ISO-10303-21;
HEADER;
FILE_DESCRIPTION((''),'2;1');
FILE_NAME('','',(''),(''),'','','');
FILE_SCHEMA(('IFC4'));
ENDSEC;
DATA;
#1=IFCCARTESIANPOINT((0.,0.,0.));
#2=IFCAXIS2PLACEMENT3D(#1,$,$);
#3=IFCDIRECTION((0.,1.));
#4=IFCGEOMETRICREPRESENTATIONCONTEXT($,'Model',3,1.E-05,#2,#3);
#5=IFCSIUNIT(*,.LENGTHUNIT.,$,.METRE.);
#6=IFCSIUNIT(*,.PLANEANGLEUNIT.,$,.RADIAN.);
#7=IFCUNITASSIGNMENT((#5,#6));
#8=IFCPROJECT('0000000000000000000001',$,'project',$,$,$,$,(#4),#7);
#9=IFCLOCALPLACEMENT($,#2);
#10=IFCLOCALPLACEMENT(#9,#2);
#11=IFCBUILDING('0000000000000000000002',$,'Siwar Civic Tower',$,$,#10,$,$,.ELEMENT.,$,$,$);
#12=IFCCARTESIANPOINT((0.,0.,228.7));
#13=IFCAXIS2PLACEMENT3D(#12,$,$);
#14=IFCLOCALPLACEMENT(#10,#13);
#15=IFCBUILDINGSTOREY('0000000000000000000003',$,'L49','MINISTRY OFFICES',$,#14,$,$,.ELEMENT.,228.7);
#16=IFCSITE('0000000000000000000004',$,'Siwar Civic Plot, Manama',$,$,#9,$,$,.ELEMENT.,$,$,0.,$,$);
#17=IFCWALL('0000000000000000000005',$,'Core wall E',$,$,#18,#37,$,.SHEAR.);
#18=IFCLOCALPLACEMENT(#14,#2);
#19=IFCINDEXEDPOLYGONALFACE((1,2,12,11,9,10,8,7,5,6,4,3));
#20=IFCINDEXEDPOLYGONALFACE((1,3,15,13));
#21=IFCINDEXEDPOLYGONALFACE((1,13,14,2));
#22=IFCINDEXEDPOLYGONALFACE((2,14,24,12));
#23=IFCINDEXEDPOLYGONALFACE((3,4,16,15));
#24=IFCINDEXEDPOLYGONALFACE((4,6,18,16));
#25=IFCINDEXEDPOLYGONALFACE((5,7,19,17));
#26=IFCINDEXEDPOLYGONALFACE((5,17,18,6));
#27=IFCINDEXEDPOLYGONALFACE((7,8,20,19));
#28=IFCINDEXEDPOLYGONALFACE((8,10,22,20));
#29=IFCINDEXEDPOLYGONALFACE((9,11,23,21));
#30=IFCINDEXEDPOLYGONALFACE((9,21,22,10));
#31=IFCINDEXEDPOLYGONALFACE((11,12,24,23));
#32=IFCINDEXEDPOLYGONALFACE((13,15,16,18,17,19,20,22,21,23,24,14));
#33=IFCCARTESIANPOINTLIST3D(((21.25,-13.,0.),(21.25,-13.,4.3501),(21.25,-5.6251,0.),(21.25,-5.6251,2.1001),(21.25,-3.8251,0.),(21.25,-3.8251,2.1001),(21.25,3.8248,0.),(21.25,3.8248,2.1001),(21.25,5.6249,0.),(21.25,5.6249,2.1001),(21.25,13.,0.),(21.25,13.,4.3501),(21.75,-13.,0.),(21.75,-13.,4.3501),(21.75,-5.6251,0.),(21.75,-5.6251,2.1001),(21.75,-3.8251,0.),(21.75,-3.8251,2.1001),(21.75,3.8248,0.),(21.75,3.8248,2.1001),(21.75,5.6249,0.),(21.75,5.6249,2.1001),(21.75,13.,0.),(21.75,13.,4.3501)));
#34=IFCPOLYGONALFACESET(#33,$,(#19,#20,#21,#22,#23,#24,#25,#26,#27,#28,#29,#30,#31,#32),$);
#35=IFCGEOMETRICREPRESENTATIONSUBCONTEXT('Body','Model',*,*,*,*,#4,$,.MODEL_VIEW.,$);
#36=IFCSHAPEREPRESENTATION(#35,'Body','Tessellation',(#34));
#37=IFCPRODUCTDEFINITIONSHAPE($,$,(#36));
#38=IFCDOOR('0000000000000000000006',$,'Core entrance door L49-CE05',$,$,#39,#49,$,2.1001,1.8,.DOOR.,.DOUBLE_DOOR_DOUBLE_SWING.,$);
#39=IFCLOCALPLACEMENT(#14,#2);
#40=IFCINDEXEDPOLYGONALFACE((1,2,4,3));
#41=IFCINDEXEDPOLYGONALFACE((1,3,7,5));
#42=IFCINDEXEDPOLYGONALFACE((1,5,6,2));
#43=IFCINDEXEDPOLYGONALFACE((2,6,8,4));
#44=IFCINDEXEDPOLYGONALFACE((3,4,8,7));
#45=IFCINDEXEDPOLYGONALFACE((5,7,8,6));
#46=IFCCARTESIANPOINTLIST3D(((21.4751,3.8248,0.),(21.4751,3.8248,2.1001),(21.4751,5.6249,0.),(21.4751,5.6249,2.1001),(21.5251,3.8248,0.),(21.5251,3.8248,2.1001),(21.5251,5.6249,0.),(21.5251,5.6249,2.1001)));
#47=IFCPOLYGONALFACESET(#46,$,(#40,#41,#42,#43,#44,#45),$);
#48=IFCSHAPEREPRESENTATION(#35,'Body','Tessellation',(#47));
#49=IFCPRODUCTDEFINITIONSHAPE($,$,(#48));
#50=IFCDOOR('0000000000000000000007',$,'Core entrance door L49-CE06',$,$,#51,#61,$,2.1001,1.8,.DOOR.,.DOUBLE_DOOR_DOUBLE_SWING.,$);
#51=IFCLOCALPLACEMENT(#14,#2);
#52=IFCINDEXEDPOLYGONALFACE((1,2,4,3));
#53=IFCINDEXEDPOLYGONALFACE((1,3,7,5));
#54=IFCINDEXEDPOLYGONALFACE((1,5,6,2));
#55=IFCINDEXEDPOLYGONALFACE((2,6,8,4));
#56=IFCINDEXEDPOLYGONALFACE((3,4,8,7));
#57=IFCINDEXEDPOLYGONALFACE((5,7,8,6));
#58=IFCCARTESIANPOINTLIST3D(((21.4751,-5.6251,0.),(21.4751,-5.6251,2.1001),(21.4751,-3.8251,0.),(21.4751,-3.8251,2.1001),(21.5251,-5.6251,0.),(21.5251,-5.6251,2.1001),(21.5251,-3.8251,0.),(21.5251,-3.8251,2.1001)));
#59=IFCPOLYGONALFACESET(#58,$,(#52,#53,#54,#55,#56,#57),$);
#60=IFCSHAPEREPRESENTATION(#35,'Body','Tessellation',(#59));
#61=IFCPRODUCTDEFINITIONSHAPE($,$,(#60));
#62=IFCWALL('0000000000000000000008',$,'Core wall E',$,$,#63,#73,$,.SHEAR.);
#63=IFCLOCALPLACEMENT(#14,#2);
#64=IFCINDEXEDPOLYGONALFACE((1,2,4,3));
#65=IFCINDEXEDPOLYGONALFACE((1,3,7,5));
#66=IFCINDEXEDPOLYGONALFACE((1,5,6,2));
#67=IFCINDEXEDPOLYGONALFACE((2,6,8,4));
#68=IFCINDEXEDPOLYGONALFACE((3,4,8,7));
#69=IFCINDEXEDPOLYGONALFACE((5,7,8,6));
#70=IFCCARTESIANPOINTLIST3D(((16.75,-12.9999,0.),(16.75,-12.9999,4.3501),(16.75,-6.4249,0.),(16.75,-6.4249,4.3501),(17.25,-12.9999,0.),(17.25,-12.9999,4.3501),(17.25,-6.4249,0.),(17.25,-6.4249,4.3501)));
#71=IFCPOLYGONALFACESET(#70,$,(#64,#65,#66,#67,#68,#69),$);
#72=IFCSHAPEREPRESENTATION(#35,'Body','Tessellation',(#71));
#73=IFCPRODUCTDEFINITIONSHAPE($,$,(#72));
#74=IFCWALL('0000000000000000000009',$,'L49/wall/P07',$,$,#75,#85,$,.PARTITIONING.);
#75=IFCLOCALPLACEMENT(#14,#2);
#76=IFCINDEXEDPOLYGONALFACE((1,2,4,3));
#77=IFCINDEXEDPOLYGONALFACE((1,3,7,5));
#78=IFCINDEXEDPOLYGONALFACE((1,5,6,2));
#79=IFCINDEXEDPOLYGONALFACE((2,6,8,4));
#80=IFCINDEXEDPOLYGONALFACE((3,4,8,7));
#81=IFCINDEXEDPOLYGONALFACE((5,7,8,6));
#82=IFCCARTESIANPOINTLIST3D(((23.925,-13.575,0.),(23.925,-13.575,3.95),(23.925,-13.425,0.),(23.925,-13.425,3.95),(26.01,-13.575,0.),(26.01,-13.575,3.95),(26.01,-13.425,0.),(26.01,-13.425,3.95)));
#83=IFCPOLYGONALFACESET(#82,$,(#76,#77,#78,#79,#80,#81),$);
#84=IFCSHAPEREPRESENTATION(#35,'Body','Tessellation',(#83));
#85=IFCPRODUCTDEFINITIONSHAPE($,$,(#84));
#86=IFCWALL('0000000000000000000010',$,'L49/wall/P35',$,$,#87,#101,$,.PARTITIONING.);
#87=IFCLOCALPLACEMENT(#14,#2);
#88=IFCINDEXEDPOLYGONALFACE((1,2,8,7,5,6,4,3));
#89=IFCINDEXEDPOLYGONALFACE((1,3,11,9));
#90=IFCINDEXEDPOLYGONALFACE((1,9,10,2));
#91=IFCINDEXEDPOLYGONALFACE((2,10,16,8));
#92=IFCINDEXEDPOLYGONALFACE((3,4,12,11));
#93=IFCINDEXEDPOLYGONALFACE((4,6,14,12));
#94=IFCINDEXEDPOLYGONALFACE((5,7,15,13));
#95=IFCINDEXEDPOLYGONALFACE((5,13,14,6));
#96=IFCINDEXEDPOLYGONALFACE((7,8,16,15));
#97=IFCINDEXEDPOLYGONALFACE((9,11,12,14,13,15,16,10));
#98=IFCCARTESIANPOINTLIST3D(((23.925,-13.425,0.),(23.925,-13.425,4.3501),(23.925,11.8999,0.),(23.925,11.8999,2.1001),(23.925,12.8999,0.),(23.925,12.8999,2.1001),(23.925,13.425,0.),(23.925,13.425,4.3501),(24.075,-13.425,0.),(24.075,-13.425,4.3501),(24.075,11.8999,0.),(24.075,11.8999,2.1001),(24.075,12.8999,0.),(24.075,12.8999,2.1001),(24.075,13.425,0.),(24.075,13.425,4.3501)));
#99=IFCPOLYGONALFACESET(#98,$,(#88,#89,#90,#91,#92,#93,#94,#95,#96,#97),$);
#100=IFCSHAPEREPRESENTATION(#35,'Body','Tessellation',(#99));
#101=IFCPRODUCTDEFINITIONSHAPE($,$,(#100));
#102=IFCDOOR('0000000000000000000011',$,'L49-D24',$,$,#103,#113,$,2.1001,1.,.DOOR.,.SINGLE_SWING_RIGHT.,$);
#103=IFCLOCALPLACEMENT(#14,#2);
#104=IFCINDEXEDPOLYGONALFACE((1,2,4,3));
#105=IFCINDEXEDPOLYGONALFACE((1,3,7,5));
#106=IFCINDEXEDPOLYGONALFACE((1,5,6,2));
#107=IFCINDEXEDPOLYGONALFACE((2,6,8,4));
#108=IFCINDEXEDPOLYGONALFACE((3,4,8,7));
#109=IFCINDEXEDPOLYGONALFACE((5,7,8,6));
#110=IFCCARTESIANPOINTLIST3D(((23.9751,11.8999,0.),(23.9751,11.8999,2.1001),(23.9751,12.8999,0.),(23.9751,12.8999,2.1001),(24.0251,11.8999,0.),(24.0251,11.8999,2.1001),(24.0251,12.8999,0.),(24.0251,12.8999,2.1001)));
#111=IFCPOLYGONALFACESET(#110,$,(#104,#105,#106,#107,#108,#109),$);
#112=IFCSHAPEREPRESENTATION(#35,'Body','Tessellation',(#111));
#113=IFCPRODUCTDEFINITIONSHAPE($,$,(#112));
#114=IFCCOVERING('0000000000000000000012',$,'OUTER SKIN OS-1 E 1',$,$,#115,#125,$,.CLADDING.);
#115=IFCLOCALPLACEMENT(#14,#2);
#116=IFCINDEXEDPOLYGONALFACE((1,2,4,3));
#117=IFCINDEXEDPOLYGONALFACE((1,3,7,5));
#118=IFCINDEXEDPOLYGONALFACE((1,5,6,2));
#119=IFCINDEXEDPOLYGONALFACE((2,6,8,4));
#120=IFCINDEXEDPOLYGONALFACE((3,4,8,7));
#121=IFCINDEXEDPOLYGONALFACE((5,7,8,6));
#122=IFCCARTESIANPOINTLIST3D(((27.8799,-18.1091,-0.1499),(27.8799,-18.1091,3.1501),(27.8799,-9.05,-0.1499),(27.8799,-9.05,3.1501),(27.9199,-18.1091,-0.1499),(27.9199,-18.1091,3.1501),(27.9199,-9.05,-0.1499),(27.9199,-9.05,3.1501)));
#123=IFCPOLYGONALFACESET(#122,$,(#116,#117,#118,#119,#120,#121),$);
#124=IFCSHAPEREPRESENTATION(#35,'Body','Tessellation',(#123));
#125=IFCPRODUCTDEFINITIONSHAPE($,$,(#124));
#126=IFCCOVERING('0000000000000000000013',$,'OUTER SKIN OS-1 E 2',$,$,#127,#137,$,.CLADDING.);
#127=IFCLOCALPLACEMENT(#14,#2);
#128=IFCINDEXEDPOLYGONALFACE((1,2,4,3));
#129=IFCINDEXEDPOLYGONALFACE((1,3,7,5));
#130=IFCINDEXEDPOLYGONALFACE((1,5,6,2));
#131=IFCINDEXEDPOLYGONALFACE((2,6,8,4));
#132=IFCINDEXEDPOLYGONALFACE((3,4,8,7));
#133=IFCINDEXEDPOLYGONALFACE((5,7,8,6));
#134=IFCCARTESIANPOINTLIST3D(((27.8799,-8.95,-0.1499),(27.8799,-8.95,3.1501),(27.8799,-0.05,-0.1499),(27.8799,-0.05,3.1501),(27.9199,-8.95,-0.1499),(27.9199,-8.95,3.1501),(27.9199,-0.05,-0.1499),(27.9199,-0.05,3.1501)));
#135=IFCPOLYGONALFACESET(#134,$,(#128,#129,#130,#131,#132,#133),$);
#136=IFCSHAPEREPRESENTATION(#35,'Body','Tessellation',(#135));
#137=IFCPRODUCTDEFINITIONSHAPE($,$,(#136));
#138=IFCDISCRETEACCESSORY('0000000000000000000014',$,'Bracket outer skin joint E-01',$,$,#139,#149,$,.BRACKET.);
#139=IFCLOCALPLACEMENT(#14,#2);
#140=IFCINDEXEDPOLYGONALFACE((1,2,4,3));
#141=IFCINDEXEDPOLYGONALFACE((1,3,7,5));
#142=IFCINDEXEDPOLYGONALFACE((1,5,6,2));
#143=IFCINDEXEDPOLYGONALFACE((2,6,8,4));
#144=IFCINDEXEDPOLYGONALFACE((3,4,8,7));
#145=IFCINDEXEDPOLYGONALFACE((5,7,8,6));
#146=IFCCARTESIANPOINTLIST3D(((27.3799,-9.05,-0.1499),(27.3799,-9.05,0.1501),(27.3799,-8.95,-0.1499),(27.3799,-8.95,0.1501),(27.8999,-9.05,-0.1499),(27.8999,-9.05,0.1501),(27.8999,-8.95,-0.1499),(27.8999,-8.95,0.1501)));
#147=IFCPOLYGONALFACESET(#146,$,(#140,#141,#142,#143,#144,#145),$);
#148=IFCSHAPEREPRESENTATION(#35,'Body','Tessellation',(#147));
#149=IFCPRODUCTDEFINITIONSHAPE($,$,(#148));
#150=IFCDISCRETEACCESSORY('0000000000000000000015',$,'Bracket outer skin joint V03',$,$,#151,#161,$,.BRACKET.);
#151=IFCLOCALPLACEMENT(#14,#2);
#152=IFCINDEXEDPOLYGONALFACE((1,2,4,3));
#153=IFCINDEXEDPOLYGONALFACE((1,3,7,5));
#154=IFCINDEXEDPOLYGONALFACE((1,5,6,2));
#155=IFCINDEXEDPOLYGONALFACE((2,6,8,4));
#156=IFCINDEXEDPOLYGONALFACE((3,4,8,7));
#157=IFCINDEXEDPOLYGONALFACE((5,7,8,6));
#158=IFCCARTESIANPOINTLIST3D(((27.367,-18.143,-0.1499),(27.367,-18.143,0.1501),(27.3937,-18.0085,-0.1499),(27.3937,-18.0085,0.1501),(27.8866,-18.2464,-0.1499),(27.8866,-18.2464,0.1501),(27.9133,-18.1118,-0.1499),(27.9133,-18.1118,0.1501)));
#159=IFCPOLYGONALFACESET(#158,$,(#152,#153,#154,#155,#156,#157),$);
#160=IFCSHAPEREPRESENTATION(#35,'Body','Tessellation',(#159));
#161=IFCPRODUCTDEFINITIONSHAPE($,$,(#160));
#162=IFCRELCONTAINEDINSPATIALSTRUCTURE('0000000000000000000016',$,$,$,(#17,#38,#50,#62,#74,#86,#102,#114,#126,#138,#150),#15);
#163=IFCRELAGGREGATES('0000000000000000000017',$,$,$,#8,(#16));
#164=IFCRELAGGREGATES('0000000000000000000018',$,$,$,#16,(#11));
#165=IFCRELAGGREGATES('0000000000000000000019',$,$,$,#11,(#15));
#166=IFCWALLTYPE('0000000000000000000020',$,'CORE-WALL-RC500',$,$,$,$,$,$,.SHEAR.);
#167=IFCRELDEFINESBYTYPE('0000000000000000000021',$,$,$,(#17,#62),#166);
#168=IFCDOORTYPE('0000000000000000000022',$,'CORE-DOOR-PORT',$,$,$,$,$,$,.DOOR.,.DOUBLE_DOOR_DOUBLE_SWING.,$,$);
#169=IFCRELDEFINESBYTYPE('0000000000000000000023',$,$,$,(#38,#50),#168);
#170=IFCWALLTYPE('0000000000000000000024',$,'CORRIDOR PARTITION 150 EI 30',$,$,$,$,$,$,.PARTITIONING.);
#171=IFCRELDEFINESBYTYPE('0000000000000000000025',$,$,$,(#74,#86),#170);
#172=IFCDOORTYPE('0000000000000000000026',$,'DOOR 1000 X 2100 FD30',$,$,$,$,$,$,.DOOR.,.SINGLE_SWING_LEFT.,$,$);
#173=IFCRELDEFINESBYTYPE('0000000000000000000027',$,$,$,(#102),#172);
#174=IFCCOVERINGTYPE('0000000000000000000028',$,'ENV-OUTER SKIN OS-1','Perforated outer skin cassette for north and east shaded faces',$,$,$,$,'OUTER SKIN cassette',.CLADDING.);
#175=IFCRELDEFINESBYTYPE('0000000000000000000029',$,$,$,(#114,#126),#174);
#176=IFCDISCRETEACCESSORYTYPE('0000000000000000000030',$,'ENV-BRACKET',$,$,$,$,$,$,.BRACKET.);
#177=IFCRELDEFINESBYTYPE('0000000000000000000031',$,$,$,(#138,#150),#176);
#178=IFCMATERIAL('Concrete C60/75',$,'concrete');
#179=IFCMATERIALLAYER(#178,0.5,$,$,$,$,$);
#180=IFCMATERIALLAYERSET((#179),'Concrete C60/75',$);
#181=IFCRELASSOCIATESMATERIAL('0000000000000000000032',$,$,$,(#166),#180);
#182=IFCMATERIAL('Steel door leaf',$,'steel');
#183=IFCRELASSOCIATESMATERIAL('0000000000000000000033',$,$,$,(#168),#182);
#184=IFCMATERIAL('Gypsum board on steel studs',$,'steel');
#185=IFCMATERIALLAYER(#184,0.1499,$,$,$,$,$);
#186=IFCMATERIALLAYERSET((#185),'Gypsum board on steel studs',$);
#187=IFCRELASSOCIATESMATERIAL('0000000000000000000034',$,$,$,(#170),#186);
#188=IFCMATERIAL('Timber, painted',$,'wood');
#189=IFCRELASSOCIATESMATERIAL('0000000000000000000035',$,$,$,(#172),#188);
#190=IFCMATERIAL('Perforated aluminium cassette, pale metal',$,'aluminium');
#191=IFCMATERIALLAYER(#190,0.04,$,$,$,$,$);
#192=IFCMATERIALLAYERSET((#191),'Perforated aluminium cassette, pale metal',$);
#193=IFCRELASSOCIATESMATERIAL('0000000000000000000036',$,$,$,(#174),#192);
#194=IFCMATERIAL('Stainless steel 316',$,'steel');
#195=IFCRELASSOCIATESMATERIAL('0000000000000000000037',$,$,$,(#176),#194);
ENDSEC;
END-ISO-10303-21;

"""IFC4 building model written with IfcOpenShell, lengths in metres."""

from ifc_helpers import new_model, si_unit, direction, frame, frame_2d, origin, origin_2d, place, context, subcontext, project, spatial, rectangle, extrude, material, layer, layer_set, type_object, element, fill, save


model = new_model("IFC4")

# Units and contexts
model_context = context("Model", 3, precision=1e-05, world=origin(), true_north=direction((0.0, 1.0)))
body_context = subcontext(model_context, "Body", "Model", "MODEL_VIEW")
ifc_project = project(units=[si_unit("LENGTHUNIT", "METRE"), si_unit("PLANEANGLEUNIT", "RADIAN")], contexts=[model_context])

# Site, building, storey
site_placement = place(None, origin())
site = spatial("IfcSite", under=ifc_project, at=site_placement, Name="Siwar Civic Plot, Manama", CompositionType="ELEMENT", RefElevation=0.0)
building_placement = place(site_placement, origin())
building = spatial("IfcBuilding", under=site, at=building_placement, Name="Siwar Civic Tower", CompositionType="ELEMENT")
storey_placement = place(building_placement, frame((0.0, 0.0, 228.7)))
storey = spatial("IfcBuildingStorey", under=building, at=storey_placement, Name="L49", Description="MINISTRY OFFICES", CompositionType="ELEMENT", Elevation=228.7)

# Wall, openings, doors
ifc_material_1 = material(Name="Concrete C60/75", Category="concrete")
ifc_layer_1 = layer(ifc_material_1, 0.5)
ifc_layer_set_1 = layer_set([ifc_layer_1], Name="Concrete C60/75")
wall_type_1 = type_object("IfcWallType", Name="CORE-WALL-RC500", PredefinedType="SHEAR", material=ifc_layer_set_1)
wall_1_placement = place(storey_placement, frame((21.5, -13.0, 0.0), z_axis=(0.0, 0.0, 1.0), x_axis=(0.0, 1.0, 0.0)))
wall_1 = element("IfcWall", 1, at=wall_1_placement, inside=storey, type_object=wall_type_1, Name="Core wall E", PredefinedType="SHEAR", context=body_context, shape_type="SweptSolid", body=[
    extrude(rectangle(XDim=26.0, YDim=0.5, at=frame_2d((13.0, 0.0))), origin(), (0.0, 0.0, 1.0), 4.3501),
])
opening_1_placement = place(wall_1_placement, frame((16.825, 0.0, 0.0)))
opening_1 = element("IfcOpeningElement", 2, at=opening_1_placement, cuts=wall_1, PredefinedType="OPENING", context=body_context, shape_type="SweptSolid", body=[
    extrude(rectangle(XDim=1.8, YDim=2.1001, at=frame_2d((0.8999, 1.05))), frame((0.0, 0.26, 0.0), z_axis=(0.0, -1.0, 0.0), x_axis=(1.0, 0.0, 0.0)), (0.0, 0.0, 1.0), 0.52),
])
opening_2_placement = place(wall_1_placement, frame((7.375, 0.0, 0.0)))
opening_2 = element("IfcOpeningElement", 3, at=opening_2_placement, cuts=wall_1, PredefinedType="OPENING", context=body_context, shape_type="SweptSolid", body=[
    extrude(rectangle(XDim=1.8, YDim=2.1001, at=frame_2d((0.8999, 1.05))), frame((0.0, 0.26, 0.0), z_axis=(0.0, -1.0, 0.0), x_axis=(1.0, 0.0, 0.0)), (0.0, 0.0, 1.0), 0.52),
])
ifc_material_2 = material(Name="Steel door leaf", Category="steel")
door_type_1 = type_object("IfcDoorType", Name="CORE-DOOR-PORT", OperationType="DOUBLE_DOOR_DOUBLE_SWING", PredefinedType="DOOR", material=ifc_material_2)
door_1_placement = place(opening_1_placement, origin())
door_1 = element("IfcDoor", 4, at=door_1_placement, inside=storey, type_object=door_type_1, Name="Core entrance door L49-CE05", OperationType="DOUBLE_DOOR_DOUBLE_SWING", OverallHeight=2.1001, OverallWidth=1.8, PredefinedType="DOOR", context=body_context, shape_type="SweptSolid", body=[
    extrude(rectangle(XDim=1.8, YDim=2.1001, at=frame_2d((0.8999, 1.05))), frame((0.0, 0.0249, 0.0), z_axis=(0.0, -1.0, 0.0), x_axis=(1.0, 0.0, 0.0)), (0.0, 0.0, 1.0), 0.05),
])
fill(opening_1, door_1)
door_2_placement = place(opening_2_placement, origin())
door_2 = element("IfcDoor", 5, at=door_2_placement, inside=storey, type_object=door_type_1, Name="Core entrance door L49-CE06", OperationType="DOUBLE_DOOR_DOUBLE_SWING", OverallHeight=2.1001, OverallWidth=1.8, PredefinedType="DOOR", context=body_context, shape_type="SweptSolid", body=[
    extrude(rectangle(XDim=1.8, YDim=2.1001, at=frame_2d((0.8999, 1.05))), frame((0.0, 0.0249, 0.0), z_axis=(0.0, -1.0, 0.0), x_axis=(1.0, 0.0, 0.0)), (0.0, 0.0, 1.0), 0.05),
])
fill(opening_2, door_2)

# Walls
wall_2_placement = place(storey_placement, frame((17.0, -13.0, 0.0), z_axis=(0.0, 0.0, 1.0), x_axis=(0.0, 1.0, 0.0)))
element("IfcWall", 6, at=wall_2_placement, inside=storey, type_object=wall_type_1, Name="Core wall E", PredefinedType="SHEAR", context=body_context, shape_type="SweptSolid", body=[
    extrude(rectangle(XDim=6.575, YDim=0.5, at=frame_2d((3.2876, 0.0))), origin(), (0.0, 0.0, 1.0), 4.3501),
])
ifc_material_3 = material(Name="Gypsum board on steel studs", Category="steel")
ifc_layer_2 = layer(ifc_material_3, 0.1499)
ifc_layer_set_2 = layer_set([ifc_layer_2], Name="Gypsum board on steel studs")
wall_type_2 = type_object("IfcWallType", Name="CORRIDOR PARTITION 150 EI 30", PredefinedType="PARTITIONING", material=ifc_layer_set_2)
wall_3_placement = place(storey_placement, frame((23.925, -13.5, 0.0), z_axis=(0.0, 0.0, 1.0), x_axis=(1.0, 0.0, 0.0)))
element("IfcWall", 7, at=wall_3_placement, inside=storey, type_object=wall_type_2, Name="L49/wall/P07", PredefinedType="PARTITIONING", context=body_context, shape_type="SweptSolid", body=[
    extrude(rectangle(XDim=2.085, YDim=0.1499, at=frame_2d((1.0425, 0.0))), origin(), (0.0, 0.0, 1.0), 3.95),
])

# Wall, opening, door
wall_4_placement = place(storey_placement, frame((24.0, -13.425, 0.0), z_axis=(0.0, 0.0, 1.0), x_axis=(0.0, 1.0, 0.0)))
wall_4 = element("IfcWall", 8, at=wall_4_placement, inside=storey, type_object=wall_type_2, Name="L49/wall/P35", PredefinedType="PARTITIONING", context=body_context, shape_type="SweptSolid", body=[
    extrude(rectangle(XDim=26.8501, YDim=0.1499, at=frame_2d((13.425, 0.0))), origin(), (0.0, 0.0, 1.0), 4.3501),
])
opening_3_placement = place(wall_4_placement, frame((25.325, 0.0, 0.0)))
opening_3 = element("IfcOpeningElement", 9, at=opening_3_placement, cuts=wall_4, PredefinedType="OPENING", context=body_context, shape_type="SweptSolid", body=[
    extrude(rectangle(XDim=1.0, YDim=2.1001, at=frame_2d((0.5, 1.05))), frame((0.0, 0.085, 0.0), z_axis=(0.0, -1.0, 0.0), x_axis=(1.0, 0.0, 0.0)), (0.0, 0.0, 1.0), 0.1699),
])
ifc_material_4 = material(Name="Timber, painted", Category="wood")
door_type_2 = type_object("IfcDoorType", Name="DOOR 1000 X 2100 FD30", OperationType="SINGLE_SWING_LEFT", PredefinedType="DOOR", material=ifc_material_4)
door_3_placement = place(opening_3_placement, origin())
door_3 = element("IfcDoor", 10, at=door_3_placement, inside=storey, type_object=door_type_2, Name="L49-D24", OperationType="SINGLE_SWING_RIGHT", OverallHeight=2.1001, OverallWidth=1.0, PredefinedType="DOOR", context=body_context, shape_type="SweptSolid", body=[
    extrude(rectangle(XDim=1.0, YDim=2.1001, at=frame_2d((0.5, 1.05))), frame((0.0, 0.0249, 0.0), z_axis=(0.0, -1.0, 0.0), x_axis=(1.0, 0.0, 0.0)), (0.0, 0.0, 1.0), 0.05),
])
fill(opening_3, door_3)

# Coverings
ifc_material_5 = material(Name="Perforated aluminium cassette, pale metal", Category="aluminium")
ifc_layer_3 = layer(ifc_material_5, 0.04)
ifc_layer_set_3 = layer_set([ifc_layer_3], Name="Perforated aluminium cassette, pale metal")
covering_type = type_object("IfcCoveringType", Name="ENV-OUTER SKIN OS-1", Description="Perforated outer skin cassette for north and east shaded faces", ElementType="OUTER SKIN cassette", PredefinedType="CLADDING", material=ifc_layer_set_3)
covering_1_placement = place(storey_placement, frame((27.8999, -13.5796, -0.1499), z_axis=(0.0, 0.0, 1.0), x_axis=(0.0, 1.0, 0.0)))
element("IfcCovering", 11, at=covering_1_placement, inside=storey, type_object=covering_type, Name="OUTER SKIN OS-1 E 1", PredefinedType="CLADDING", context=body_context, shape_type="SweptSolid", body=[
    extrude(rectangle(XDim=9.0591, YDim=0.04, at=origin_2d()), origin(), (0.0, 0.0, 1.0), 3.3),
])
covering_2_placement = place(storey_placement, frame((27.8999, -4.5, -0.1499), z_axis=(0.0, 0.0, 1.0), x_axis=(0.0, 1.0, 0.0)))
element("IfcCovering", 12, at=covering_2_placement, inside=storey, type_object=covering_type, Name="OUTER SKIN OS-1 E 2", PredefinedType="CLADDING", context=body_context, shape_type="SweptSolid", body=[
    extrude(rectangle(XDim=8.8999, YDim=0.04, at=origin_2d()), origin(), (0.0, 0.0, 1.0), 3.3),
])

# Discrete accessories
ifc_material_6 = material(Name="Stainless steel 316", Category="steel")
discrete_accessory_type = type_object("IfcDiscreteAccessoryType", Name="ENV-BRACKET", PredefinedType="BRACKET", material=ifc_material_6)
discrete_accessory_1_placement = place(storey_placement, frame((27.6399, -9.0, -0.1499), z_axis=(0.0, 0.0, 1.0), x_axis=(1.0, 0.0, 0.0)))
element("IfcDiscreteAccessory", 13, at=discrete_accessory_1_placement, inside=storey, type_object=discrete_accessory_type, Name="Bracket outer skin joint E-01", PredefinedType="BRACKET", context=body_context, shape_type="SweptSolid", body=[
    extrude(rectangle(XDim=0.52, YDim=0.1001, at=origin_2d()), origin(), (0.0, 0.0, 1.0), 0.3),
])
discrete_accessory_2_placement = place(storey_placement, frame((27.6401, -18.1274, -0.1499), z_axis=(0.0, 0.0, 1.0), x_axis=(0.980785, -0.19509, 0.0)))
element("IfcDiscreteAccessory", 14, at=discrete_accessory_2_placement, inside=storey, type_object=discrete_accessory_type, Name="Bracket outer skin joint V03", PredefinedType="BRACKET", context=body_context, shape_type="SweptSolid", body=[
    extrude(rectangle(XDim=0.5298, YDim=0.1372, at=origin_2d()), origin(), (0.0, 0.0, 1.0), 0.3),
])

save(model, "model.ifc")
